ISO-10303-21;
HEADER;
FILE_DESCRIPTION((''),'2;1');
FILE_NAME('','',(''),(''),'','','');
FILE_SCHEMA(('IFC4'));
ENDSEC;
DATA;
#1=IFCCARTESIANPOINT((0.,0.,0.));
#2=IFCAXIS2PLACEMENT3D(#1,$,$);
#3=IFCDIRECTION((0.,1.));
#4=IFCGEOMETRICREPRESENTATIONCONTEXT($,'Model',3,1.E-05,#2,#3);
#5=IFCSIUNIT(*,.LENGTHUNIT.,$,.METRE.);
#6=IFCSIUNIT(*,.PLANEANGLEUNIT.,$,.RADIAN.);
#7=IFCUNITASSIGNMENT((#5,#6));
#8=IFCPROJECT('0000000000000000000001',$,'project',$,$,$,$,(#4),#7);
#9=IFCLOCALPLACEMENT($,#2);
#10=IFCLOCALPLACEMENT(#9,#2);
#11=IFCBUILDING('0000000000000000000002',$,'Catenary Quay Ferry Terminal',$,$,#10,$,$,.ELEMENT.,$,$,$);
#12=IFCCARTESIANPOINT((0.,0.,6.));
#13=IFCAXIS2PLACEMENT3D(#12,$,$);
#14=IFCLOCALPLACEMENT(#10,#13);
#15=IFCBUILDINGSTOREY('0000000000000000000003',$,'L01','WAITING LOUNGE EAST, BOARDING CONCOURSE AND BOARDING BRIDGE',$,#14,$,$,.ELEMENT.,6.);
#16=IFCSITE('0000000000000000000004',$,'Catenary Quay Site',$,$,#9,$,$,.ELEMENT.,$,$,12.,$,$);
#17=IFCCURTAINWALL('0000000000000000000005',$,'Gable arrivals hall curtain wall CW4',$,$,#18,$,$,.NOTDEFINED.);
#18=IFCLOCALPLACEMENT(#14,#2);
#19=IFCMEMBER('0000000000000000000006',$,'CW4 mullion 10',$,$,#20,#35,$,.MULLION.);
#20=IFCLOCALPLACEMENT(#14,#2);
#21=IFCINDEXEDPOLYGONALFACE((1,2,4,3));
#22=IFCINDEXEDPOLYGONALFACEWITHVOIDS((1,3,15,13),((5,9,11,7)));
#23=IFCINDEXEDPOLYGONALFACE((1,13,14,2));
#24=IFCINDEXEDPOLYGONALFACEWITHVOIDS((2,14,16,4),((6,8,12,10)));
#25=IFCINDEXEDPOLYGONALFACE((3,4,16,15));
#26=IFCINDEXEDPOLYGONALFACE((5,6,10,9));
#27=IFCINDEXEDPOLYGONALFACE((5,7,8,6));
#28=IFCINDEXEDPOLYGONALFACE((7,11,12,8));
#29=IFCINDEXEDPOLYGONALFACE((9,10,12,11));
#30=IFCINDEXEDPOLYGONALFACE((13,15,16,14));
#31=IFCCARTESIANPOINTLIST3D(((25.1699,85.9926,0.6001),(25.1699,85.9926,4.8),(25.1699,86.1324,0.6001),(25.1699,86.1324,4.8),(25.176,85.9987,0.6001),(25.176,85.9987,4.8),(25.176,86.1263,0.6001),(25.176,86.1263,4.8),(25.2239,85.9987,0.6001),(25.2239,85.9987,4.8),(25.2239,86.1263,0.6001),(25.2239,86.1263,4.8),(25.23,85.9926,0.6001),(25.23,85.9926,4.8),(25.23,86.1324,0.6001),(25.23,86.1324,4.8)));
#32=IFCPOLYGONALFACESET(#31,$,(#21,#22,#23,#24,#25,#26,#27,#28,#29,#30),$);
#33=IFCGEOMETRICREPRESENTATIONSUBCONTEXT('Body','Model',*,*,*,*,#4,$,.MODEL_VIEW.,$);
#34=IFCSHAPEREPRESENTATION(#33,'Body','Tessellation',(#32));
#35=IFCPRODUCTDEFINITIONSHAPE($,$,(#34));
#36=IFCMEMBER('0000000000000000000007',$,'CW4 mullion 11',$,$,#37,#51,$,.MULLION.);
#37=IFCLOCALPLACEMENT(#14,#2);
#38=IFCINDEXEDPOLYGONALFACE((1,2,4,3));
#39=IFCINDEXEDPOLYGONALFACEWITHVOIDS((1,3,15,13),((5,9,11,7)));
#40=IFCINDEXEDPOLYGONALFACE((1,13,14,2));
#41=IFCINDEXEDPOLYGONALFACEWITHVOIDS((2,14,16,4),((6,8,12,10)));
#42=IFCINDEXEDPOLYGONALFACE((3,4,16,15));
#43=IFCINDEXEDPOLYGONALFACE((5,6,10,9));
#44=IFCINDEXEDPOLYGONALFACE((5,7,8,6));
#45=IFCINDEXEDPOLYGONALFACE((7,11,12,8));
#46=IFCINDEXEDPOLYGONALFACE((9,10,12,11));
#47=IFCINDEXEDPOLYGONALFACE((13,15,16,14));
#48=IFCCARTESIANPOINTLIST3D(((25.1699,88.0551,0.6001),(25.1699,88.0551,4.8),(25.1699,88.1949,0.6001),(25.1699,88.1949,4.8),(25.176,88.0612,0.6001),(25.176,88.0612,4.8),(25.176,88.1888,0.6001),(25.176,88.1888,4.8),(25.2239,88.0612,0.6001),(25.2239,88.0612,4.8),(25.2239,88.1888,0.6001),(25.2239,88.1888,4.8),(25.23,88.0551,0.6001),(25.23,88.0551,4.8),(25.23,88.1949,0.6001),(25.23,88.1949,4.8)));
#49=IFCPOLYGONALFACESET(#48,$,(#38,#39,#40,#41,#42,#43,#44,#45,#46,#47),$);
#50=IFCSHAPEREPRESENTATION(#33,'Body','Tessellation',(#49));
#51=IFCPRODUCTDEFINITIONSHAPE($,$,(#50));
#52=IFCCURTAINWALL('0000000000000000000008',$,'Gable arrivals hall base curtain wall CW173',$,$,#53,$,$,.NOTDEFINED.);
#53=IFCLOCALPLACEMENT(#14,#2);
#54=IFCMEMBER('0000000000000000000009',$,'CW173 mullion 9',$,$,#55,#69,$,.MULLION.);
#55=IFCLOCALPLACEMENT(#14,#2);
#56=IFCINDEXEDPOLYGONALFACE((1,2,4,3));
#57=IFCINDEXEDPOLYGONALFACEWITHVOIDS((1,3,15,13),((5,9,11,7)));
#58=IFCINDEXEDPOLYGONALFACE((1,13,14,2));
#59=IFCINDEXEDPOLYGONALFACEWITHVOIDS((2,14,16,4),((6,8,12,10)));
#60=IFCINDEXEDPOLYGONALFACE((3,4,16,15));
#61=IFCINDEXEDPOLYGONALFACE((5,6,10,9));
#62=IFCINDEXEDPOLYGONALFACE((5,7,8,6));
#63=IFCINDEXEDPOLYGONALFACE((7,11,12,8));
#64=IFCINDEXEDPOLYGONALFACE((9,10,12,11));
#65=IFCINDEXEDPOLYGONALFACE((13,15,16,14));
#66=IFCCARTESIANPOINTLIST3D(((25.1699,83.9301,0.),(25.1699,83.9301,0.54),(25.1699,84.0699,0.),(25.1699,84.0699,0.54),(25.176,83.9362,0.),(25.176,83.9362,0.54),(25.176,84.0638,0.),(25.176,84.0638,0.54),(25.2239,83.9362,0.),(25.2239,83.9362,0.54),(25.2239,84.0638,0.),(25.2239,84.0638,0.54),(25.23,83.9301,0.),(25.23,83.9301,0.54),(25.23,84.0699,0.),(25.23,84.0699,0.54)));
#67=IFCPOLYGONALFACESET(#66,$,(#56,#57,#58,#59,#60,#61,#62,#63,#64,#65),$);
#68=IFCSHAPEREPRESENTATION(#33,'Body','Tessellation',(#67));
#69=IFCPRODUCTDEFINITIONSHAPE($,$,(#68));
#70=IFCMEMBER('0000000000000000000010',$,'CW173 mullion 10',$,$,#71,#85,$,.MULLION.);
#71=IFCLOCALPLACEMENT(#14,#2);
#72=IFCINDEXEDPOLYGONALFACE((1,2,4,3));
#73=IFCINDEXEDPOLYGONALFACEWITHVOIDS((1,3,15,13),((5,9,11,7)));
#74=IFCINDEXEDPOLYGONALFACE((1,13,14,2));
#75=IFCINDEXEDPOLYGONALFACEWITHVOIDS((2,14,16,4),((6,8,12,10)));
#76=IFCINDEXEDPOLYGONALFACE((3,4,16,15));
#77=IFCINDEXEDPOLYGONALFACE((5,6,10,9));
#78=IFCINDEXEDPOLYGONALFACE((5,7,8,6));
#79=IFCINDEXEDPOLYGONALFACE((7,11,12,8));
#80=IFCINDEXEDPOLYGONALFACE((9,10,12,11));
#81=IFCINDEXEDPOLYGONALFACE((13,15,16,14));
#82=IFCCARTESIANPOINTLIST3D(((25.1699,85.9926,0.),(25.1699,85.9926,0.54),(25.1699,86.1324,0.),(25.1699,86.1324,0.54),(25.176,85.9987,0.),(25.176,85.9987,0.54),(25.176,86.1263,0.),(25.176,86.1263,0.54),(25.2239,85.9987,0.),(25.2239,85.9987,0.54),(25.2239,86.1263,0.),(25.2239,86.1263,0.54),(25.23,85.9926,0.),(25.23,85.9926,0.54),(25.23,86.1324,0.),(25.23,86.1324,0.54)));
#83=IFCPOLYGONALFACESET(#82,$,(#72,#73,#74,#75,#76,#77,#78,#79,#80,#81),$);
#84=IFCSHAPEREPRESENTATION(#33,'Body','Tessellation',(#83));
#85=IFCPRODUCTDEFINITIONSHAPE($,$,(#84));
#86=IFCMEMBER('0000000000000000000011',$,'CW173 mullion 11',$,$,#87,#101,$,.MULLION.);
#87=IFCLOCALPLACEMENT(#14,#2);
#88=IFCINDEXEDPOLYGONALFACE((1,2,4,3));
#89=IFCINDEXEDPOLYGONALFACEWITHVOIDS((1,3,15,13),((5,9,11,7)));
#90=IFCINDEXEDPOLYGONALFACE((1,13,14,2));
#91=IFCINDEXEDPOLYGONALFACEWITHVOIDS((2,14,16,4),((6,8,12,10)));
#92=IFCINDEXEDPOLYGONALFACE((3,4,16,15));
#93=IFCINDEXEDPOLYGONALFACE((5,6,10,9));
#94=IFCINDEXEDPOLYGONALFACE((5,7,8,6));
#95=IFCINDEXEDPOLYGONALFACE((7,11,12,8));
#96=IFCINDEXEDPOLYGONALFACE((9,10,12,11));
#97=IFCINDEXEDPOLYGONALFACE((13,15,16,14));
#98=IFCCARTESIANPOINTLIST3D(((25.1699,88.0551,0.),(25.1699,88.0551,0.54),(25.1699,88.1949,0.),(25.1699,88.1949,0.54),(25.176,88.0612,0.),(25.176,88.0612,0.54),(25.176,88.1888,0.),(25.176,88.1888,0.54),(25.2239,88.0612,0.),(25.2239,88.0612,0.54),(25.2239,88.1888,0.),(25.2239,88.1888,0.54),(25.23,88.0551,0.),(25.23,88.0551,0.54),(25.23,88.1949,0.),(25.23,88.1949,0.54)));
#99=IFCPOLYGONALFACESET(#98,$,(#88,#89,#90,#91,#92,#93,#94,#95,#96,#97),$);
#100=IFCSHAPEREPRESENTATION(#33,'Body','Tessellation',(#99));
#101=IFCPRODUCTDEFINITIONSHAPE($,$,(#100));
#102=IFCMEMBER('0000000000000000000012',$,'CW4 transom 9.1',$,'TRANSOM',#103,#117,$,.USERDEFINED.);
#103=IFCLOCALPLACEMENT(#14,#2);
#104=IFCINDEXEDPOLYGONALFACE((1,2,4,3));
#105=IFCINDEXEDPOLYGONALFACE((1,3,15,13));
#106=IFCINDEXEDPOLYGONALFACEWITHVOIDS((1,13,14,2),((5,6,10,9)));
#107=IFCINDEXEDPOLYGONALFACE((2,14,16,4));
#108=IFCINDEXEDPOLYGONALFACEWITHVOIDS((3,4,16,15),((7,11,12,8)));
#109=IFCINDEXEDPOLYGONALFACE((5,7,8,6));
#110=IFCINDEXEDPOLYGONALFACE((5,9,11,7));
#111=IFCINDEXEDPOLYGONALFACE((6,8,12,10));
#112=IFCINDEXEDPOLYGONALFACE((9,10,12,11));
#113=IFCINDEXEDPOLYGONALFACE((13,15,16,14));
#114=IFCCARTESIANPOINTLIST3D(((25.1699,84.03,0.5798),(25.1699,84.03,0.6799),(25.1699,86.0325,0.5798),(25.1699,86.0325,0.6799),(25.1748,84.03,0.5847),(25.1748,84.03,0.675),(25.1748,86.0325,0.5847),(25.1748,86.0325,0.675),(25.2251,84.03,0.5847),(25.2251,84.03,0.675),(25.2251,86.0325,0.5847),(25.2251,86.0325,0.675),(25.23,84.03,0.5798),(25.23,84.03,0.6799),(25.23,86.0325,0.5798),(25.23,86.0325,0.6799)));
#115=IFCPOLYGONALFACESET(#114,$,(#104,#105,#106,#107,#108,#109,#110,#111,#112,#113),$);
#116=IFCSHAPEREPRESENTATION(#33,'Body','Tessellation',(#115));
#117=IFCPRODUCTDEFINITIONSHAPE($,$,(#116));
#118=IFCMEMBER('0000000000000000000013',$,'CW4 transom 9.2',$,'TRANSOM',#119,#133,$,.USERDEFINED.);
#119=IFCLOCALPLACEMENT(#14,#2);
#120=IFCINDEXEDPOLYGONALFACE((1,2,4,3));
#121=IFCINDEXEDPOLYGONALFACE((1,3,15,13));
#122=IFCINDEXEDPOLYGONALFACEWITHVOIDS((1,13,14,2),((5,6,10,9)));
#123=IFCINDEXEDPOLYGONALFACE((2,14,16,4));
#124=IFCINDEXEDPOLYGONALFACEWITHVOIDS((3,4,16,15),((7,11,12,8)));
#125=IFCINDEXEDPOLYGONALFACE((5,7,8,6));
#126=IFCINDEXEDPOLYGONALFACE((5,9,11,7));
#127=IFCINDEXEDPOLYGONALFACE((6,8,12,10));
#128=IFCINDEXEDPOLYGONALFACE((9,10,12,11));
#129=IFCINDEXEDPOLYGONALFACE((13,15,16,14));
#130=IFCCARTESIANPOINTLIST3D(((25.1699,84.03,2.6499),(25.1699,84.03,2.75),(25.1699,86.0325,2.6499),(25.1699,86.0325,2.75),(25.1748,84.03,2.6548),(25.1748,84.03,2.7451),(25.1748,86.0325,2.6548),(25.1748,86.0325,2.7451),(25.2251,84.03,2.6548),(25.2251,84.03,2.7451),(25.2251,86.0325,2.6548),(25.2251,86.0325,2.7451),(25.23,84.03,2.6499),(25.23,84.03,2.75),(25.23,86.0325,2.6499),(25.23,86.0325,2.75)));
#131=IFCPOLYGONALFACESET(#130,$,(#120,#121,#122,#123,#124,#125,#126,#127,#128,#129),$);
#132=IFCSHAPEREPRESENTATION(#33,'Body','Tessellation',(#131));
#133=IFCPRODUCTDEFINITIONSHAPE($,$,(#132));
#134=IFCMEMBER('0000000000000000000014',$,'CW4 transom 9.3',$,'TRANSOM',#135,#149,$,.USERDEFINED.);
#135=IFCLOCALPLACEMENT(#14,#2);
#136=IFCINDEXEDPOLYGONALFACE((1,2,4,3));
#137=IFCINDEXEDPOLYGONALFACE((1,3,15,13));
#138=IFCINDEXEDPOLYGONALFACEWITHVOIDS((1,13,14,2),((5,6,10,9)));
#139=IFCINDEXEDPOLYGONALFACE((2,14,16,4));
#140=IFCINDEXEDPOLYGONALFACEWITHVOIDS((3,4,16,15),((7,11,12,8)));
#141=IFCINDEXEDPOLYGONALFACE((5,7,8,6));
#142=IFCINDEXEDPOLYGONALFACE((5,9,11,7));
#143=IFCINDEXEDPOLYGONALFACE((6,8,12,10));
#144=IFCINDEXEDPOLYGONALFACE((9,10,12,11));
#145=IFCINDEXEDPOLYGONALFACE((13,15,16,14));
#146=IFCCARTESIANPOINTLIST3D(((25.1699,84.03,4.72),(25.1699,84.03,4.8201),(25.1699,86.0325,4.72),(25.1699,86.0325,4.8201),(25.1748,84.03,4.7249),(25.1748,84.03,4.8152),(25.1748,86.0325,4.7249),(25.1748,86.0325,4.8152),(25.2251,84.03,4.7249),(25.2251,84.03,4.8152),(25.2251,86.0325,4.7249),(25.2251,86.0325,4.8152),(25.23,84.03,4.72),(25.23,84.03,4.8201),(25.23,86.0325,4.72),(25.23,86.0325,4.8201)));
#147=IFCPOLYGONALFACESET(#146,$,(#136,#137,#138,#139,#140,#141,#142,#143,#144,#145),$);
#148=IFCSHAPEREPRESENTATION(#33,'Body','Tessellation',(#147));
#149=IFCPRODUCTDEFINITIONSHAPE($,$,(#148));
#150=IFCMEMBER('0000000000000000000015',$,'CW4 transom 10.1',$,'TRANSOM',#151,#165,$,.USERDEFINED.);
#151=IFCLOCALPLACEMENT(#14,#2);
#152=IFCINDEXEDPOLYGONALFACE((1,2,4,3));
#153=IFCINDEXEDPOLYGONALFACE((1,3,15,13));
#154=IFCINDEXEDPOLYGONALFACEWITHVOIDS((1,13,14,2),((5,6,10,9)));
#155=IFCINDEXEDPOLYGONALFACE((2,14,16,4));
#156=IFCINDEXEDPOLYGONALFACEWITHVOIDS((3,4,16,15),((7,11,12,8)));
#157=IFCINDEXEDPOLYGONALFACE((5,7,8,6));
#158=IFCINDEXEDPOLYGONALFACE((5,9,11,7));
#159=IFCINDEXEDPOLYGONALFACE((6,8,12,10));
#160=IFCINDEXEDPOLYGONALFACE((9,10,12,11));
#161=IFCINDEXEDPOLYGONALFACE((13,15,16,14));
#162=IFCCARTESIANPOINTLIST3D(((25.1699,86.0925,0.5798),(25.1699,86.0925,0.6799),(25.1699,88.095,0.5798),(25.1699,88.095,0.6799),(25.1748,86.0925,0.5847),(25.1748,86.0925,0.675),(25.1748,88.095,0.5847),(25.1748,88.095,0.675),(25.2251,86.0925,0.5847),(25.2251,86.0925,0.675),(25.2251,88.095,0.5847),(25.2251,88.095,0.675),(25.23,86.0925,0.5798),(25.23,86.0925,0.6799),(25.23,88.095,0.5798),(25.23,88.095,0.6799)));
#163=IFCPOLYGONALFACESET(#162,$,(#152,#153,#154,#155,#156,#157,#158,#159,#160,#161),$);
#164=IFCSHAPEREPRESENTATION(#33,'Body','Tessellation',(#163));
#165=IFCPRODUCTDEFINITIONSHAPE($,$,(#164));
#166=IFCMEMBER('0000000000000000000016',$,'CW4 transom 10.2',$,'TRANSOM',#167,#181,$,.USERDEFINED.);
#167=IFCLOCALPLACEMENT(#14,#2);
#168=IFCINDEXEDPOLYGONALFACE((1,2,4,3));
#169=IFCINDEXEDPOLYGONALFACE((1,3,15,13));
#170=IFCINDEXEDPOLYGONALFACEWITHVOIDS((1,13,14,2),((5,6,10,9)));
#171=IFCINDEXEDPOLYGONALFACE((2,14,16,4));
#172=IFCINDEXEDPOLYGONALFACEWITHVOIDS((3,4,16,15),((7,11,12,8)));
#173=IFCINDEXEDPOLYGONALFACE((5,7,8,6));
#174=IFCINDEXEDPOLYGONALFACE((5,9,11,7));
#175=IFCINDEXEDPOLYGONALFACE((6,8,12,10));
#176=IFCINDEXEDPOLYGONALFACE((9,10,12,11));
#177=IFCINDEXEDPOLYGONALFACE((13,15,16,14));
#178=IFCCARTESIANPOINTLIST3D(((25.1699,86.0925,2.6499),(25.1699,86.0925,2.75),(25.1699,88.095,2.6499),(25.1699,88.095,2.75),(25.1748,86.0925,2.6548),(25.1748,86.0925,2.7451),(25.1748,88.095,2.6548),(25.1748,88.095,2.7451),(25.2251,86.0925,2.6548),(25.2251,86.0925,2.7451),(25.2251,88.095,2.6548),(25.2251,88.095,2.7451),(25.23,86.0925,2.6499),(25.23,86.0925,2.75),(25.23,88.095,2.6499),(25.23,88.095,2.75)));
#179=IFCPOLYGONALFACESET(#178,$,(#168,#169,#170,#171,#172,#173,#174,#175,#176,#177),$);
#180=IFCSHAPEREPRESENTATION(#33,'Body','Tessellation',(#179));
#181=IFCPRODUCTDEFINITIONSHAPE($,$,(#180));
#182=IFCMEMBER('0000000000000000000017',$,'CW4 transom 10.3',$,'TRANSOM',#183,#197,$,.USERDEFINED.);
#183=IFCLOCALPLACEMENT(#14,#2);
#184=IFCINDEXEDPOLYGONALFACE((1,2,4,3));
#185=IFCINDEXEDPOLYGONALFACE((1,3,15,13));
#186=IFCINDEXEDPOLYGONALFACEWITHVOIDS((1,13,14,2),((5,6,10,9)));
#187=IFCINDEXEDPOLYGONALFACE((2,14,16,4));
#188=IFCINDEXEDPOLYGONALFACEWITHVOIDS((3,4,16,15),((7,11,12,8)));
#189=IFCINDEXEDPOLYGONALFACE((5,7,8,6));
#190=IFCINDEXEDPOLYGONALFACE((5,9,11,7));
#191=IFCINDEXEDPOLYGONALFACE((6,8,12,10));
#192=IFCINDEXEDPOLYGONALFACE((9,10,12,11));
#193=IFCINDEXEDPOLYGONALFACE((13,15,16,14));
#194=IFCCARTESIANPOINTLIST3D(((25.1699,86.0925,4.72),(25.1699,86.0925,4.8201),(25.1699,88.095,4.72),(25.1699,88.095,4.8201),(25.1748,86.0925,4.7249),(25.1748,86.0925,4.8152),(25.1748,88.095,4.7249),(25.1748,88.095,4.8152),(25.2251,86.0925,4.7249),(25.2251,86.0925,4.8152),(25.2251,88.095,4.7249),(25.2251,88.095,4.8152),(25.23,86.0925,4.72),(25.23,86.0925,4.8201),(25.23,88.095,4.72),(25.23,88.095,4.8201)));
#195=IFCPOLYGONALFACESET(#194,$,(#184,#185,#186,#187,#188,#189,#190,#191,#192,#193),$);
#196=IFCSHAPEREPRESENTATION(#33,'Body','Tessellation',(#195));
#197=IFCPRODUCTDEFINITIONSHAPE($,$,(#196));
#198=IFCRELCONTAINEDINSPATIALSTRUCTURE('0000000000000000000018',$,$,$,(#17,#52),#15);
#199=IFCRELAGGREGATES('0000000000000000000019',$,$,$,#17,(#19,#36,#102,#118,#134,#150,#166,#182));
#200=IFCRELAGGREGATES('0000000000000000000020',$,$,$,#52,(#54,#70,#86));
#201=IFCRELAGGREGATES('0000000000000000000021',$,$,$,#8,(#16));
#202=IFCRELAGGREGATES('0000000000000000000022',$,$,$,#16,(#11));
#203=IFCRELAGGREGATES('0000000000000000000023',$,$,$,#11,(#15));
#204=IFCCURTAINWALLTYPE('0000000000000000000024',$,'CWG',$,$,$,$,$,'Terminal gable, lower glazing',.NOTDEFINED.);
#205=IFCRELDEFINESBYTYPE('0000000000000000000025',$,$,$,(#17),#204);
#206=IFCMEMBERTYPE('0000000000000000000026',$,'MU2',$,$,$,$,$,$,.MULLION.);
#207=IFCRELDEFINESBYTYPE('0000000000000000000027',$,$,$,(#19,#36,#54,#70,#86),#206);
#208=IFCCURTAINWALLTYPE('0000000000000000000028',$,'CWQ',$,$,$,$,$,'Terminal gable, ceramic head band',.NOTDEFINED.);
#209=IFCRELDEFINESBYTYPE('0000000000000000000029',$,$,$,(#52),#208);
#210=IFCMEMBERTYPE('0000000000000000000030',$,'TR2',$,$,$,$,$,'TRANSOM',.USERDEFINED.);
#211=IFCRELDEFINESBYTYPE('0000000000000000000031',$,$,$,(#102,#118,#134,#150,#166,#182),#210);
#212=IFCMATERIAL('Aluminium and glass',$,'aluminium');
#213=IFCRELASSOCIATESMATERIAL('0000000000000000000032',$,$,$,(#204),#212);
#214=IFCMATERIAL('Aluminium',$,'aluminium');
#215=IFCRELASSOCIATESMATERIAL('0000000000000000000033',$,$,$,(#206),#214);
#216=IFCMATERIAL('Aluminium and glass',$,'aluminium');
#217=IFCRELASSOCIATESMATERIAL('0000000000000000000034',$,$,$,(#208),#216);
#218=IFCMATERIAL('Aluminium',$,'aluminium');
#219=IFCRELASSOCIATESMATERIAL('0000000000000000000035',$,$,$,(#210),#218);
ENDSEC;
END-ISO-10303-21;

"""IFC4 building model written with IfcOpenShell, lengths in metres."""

from ifc_helpers import new_model, si_unit, direction, frame, origin, origin_2d, place, context, subcontext, project, spatial, hollow_rectangle, extrude, material, material_profile, profile_set, type_object, element, aggregate, save


model = new_model("IFC4")

# Units and contexts
model_context = context("Model", 3, precision=1e-05, world=origin(), true_north=direction((0.0, 1.0)))
body_context = subcontext(model_context, "Body", "Model", "MODEL_VIEW")
ifc_project = project(units=[si_unit("LENGTHUNIT", "METRE"), si_unit("PLANEANGLEUNIT", "RADIAN")], contexts=[model_context])

# Site, building, storey
site_placement = place(None, origin())
site = spatial("IfcSite", under=ifc_project, at=site_placement, Name="Catenary Quay Site", CompositionType="ELEMENT", RefElevation=12.0)
building_placement = place(site_placement, origin())
building = spatial("IfcBuilding", under=site, at=building_placement, Name="Catenary Quay Ferry Terminal", CompositionType="ELEMENT")
storey_placement = place(building_placement, frame((0.0, 0.0, 6.0)))
storey = spatial("IfcBuildingStorey", under=building, at=storey_placement, Name="L01", Description="WAITING LOUNGE EAST, BOARDING CONCOURSE AND BOARDING BRIDGE", CompositionType="ELEMENT", Elevation=6.0)

# Curtain walls, members
ifc_material_1 = material(Name="Aluminium and glass", Category="aluminium")
curtain_wall_type_1 = type_object("IfcCurtainWallType", Name="CWG", ElementType="Terminal gable, lower glazing", PredefinedType="NOTDEFINED", material=ifc_material_1)
curtain_wall_1_placement = place(storey_placement, origin())
curtain_wall_1 = element("IfcCurtainWall", 1, at=curtain_wall_1_placement, inside=storey, type_object=curtain_wall_type_1, Name="Gable arrivals hall curtain wall CW4", PredefinedType="NOTDEFINED")
ifc_material_2 = material(Name="Aluminium", Category="aluminium")
ifc_material_profile_1 = material_profile(ifc_material_2, hollow_rectangle(XDim=0.0601, YDim=0.1399, WallThickness=0.0061, at=origin_2d()), Name="MU2")
ifc_profile_set_1 = profile_set([ifc_material_profile_1], Name="Aluminium")
member_type_1 = type_object("IfcMemberType", Name="MU2", PredefinedType="MULLION", material=ifc_profile_set_1)
member_1_placement = place(storey_placement, frame((25.2, 86.0625, 0.6001), z_axis=(0.0, 0.0, 1.0), x_axis=(-1.0, 0.0, 0.0)))
member_1 = element("IfcMember", 2, at=member_1_placement, type_object=member_type_1, Name="CW4 mullion 10", PredefinedType="MULLION", context=body_context, shape_type="SweptSolid", body=[
    extrude(hollow_rectangle(XDim=0.0601, YDim=0.1399, WallThickness=0.0061, at=origin_2d()), origin(), (0.0, 0.0, 1.0), 4.2),
])
member_2_placement = place(storey_placement, frame((25.2, 88.125, 0.6001), z_axis=(0.0, 0.0, 1.0), x_axis=(-1.0, 0.0, 0.0)))
member_2 = element("IfcMember", 3, at=member_2_placement, type_object=member_type_1, Name="CW4 mullion 11", PredefinedType="MULLION", context=body_context, shape_type="SweptSolid", body=[
    extrude(hollow_rectangle(XDim=0.0601, YDim=0.1399, WallThickness=0.0061, at=origin_2d()), origin(), (0.0, 0.0, 1.0), 4.2),
])
ifc_material_3 = material(Name="Aluminium and glass", Category="aluminium")
curtain_wall_type_2 = type_object("IfcCurtainWallType", Name="CWQ", ElementType="Terminal gable, ceramic head band", PredefinedType="NOTDEFINED", material=ifc_material_3)
curtain_wall_2_placement = place(storey_placement, origin())
curtain_wall_2 = element("IfcCurtainWall", 4, at=curtain_wall_2_placement, inside=storey, type_object=curtain_wall_type_2, Name="Gable arrivals hall base curtain wall CW173", PredefinedType="NOTDEFINED")
member_3_placement = place(storey_placement, frame((25.2, 84.0, 0.0), z_axis=(0.0, 0.0, 1.0), x_axis=(-1.0, 0.0, 0.0)))
member_3 = element("IfcMember", 5, at=member_3_placement, type_object=member_type_1, Name="CW173 mullion 9", PredefinedType="MULLION", context=body_context, shape_type="SweptSolid", body=[
    extrude(hollow_rectangle(XDim=0.0601, YDim=0.1399, WallThickness=0.0061, at=origin_2d()), origin(), (0.0, 0.0, 1.0), 0.54),
])
member_4_placement = place(storey_placement, frame((25.2, 86.0625, 0.0), z_axis=(0.0, 0.0, 1.0), x_axis=(-1.0, 0.0, 0.0)))
member_4 = element("IfcMember", 6, at=member_4_placement, type_object=member_type_1, Name="CW173 mullion 10", PredefinedType="MULLION", context=body_context, shape_type="SweptSolid", body=[
    extrude(hollow_rectangle(XDim=0.0601, YDim=0.1399, WallThickness=0.0061, at=origin_2d()), origin(), (0.0, 0.0, 1.0), 0.54),
])
member_5_placement = place(storey_placement, frame((25.2, 88.125, 0.0), z_axis=(0.0, 0.0, 1.0), x_axis=(-1.0, 0.0, 0.0)))
member_5 = element("IfcMember", 7, at=member_5_placement, type_object=member_type_1, Name="CW173 mullion 11", PredefinedType="MULLION", context=body_context, shape_type="SweptSolid", body=[
    extrude(hollow_rectangle(XDim=0.0601, YDim=0.1399, WallThickness=0.0061, at=origin_2d()), origin(), (0.0, 0.0, 1.0), 0.54),
])

# Members
ifc_material_4 = material(Name="Aluminium", Category="aluminium")
ifc_material_profile_2 = material_profile(ifc_material_4, hollow_rectangle(XDim=0.0601, YDim=0.1001, WallThickness=0.0049, at=origin_2d()), Name="TR2")
ifc_profile_set_2 = profile_set([ifc_material_profile_2], Name="Aluminium")
member_type_2 = type_object("IfcMemberType", Name="TR2", ElementType="TRANSOM", PredefinedType="USERDEFINED", material=ifc_profile_set_2)
member_6_placement = place(storey_placement, frame((25.2, 84.03, 0.6299), z_axis=(0.0, 1.0, 0.0), x_axis=(-1.0, 0.0, 0.0)))
member_6 = element("IfcMember", 8, at=member_6_placement, type_object=member_type_2, Name="CW4 transom 9.1", ObjectType="TRANSOM", PredefinedType="USERDEFINED", context=body_context, shape_type="SweptSolid", body=[
    extrude(hollow_rectangle(XDim=0.0601, YDim=0.1001, WallThickness=0.0049, at=origin_2d()), origin(), (0.0, 0.0, 1.0), 2.0024),
])
member_7_placement = place(storey_placement, frame((25.2, 84.03, 2.7), z_axis=(0.0, 1.0, 0.0), x_axis=(-1.0, 0.0, 0.0)))
member_7 = element("IfcMember", 9, at=member_7_placement, type_object=member_type_2, Name="CW4 transom 9.2", ObjectType="TRANSOM", PredefinedType="USERDEFINED", context=body_context, shape_type="SweptSolid", body=[
    extrude(hollow_rectangle(XDim=0.0601, YDim=0.1001, WallThickness=0.0049, at=origin_2d()), origin(), (0.0, 0.0, 1.0), 2.0024),
])
member_8_placement = place(storey_placement, frame((25.2, 84.03, 4.77), z_axis=(0.0, 1.0, 0.0), x_axis=(-1.0, 0.0, 0.0)))
member_8 = element("IfcMember", 10, at=member_8_placement, type_object=member_type_2, Name="CW4 transom 9.3", ObjectType="TRANSOM", PredefinedType="USERDEFINED", context=body_context, shape_type="SweptSolid", body=[
    extrude(hollow_rectangle(XDim=0.0601, YDim=0.1001, WallThickness=0.0049, at=origin_2d()), origin(), (0.0, 0.0, 1.0), 2.0024),
])
member_9_placement = place(storey_placement, frame((25.2, 86.0925, 0.6299), z_axis=(0.0, 1.0, 0.0), x_axis=(-1.0, 0.0, 0.0)))
member_9 = element("IfcMember", 11, at=member_9_placement, type_object=member_type_2, Name="CW4 transom 10.1", ObjectType="TRANSOM", PredefinedType="USERDEFINED", context=body_context, shape_type="SweptSolid", body=[
    extrude(hollow_rectangle(XDim=0.0601, YDim=0.1001, WallThickness=0.0049, at=origin_2d()), origin(), (0.0, 0.0, 1.0), 2.0024),
])
member_10_placement = place(storey_placement, frame((25.2, 86.0925, 2.7), z_axis=(0.0, 1.0, 0.0), x_axis=(-1.0, 0.0, 0.0)))
member_10 = element("IfcMember", 12, at=member_10_placement, type_object=member_type_2, Name="CW4 transom 10.2", ObjectType="TRANSOM", PredefinedType="USERDEFINED", context=body_context, shape_type="SweptSolid", body=[
    extrude(hollow_rectangle(XDim=0.0601, YDim=0.1001, WallThickness=0.0049, at=origin_2d()), origin(), (0.0, 0.0, 1.0), 2.0024),
])
member_11_placement = place(storey_placement, frame((25.2, 86.0925, 4.77), z_axis=(0.0, 1.0, 0.0), x_axis=(-1.0, 0.0, 0.0)))
member_11 = element("IfcMember", 13, at=member_11_placement, type_object=member_type_2, Name="CW4 transom 10.3", ObjectType="TRANSOM", PredefinedType="USERDEFINED", context=body_context, shape_type="SweptSolid", body=[
    extrude(hollow_rectangle(XDim=0.0601, YDim=0.1001, WallThickness=0.0049, at=origin_2d()), origin(), (0.0, 0.0, 1.0), 2.0024),
])

aggregate(curtain_wall_1, [member_1, member_2, member_6, member_7, member_8, member_9, member_10, member_11])
aggregate(curtain_wall_2, [member_3, member_4, member_5])

save(model, "model.ifc")
